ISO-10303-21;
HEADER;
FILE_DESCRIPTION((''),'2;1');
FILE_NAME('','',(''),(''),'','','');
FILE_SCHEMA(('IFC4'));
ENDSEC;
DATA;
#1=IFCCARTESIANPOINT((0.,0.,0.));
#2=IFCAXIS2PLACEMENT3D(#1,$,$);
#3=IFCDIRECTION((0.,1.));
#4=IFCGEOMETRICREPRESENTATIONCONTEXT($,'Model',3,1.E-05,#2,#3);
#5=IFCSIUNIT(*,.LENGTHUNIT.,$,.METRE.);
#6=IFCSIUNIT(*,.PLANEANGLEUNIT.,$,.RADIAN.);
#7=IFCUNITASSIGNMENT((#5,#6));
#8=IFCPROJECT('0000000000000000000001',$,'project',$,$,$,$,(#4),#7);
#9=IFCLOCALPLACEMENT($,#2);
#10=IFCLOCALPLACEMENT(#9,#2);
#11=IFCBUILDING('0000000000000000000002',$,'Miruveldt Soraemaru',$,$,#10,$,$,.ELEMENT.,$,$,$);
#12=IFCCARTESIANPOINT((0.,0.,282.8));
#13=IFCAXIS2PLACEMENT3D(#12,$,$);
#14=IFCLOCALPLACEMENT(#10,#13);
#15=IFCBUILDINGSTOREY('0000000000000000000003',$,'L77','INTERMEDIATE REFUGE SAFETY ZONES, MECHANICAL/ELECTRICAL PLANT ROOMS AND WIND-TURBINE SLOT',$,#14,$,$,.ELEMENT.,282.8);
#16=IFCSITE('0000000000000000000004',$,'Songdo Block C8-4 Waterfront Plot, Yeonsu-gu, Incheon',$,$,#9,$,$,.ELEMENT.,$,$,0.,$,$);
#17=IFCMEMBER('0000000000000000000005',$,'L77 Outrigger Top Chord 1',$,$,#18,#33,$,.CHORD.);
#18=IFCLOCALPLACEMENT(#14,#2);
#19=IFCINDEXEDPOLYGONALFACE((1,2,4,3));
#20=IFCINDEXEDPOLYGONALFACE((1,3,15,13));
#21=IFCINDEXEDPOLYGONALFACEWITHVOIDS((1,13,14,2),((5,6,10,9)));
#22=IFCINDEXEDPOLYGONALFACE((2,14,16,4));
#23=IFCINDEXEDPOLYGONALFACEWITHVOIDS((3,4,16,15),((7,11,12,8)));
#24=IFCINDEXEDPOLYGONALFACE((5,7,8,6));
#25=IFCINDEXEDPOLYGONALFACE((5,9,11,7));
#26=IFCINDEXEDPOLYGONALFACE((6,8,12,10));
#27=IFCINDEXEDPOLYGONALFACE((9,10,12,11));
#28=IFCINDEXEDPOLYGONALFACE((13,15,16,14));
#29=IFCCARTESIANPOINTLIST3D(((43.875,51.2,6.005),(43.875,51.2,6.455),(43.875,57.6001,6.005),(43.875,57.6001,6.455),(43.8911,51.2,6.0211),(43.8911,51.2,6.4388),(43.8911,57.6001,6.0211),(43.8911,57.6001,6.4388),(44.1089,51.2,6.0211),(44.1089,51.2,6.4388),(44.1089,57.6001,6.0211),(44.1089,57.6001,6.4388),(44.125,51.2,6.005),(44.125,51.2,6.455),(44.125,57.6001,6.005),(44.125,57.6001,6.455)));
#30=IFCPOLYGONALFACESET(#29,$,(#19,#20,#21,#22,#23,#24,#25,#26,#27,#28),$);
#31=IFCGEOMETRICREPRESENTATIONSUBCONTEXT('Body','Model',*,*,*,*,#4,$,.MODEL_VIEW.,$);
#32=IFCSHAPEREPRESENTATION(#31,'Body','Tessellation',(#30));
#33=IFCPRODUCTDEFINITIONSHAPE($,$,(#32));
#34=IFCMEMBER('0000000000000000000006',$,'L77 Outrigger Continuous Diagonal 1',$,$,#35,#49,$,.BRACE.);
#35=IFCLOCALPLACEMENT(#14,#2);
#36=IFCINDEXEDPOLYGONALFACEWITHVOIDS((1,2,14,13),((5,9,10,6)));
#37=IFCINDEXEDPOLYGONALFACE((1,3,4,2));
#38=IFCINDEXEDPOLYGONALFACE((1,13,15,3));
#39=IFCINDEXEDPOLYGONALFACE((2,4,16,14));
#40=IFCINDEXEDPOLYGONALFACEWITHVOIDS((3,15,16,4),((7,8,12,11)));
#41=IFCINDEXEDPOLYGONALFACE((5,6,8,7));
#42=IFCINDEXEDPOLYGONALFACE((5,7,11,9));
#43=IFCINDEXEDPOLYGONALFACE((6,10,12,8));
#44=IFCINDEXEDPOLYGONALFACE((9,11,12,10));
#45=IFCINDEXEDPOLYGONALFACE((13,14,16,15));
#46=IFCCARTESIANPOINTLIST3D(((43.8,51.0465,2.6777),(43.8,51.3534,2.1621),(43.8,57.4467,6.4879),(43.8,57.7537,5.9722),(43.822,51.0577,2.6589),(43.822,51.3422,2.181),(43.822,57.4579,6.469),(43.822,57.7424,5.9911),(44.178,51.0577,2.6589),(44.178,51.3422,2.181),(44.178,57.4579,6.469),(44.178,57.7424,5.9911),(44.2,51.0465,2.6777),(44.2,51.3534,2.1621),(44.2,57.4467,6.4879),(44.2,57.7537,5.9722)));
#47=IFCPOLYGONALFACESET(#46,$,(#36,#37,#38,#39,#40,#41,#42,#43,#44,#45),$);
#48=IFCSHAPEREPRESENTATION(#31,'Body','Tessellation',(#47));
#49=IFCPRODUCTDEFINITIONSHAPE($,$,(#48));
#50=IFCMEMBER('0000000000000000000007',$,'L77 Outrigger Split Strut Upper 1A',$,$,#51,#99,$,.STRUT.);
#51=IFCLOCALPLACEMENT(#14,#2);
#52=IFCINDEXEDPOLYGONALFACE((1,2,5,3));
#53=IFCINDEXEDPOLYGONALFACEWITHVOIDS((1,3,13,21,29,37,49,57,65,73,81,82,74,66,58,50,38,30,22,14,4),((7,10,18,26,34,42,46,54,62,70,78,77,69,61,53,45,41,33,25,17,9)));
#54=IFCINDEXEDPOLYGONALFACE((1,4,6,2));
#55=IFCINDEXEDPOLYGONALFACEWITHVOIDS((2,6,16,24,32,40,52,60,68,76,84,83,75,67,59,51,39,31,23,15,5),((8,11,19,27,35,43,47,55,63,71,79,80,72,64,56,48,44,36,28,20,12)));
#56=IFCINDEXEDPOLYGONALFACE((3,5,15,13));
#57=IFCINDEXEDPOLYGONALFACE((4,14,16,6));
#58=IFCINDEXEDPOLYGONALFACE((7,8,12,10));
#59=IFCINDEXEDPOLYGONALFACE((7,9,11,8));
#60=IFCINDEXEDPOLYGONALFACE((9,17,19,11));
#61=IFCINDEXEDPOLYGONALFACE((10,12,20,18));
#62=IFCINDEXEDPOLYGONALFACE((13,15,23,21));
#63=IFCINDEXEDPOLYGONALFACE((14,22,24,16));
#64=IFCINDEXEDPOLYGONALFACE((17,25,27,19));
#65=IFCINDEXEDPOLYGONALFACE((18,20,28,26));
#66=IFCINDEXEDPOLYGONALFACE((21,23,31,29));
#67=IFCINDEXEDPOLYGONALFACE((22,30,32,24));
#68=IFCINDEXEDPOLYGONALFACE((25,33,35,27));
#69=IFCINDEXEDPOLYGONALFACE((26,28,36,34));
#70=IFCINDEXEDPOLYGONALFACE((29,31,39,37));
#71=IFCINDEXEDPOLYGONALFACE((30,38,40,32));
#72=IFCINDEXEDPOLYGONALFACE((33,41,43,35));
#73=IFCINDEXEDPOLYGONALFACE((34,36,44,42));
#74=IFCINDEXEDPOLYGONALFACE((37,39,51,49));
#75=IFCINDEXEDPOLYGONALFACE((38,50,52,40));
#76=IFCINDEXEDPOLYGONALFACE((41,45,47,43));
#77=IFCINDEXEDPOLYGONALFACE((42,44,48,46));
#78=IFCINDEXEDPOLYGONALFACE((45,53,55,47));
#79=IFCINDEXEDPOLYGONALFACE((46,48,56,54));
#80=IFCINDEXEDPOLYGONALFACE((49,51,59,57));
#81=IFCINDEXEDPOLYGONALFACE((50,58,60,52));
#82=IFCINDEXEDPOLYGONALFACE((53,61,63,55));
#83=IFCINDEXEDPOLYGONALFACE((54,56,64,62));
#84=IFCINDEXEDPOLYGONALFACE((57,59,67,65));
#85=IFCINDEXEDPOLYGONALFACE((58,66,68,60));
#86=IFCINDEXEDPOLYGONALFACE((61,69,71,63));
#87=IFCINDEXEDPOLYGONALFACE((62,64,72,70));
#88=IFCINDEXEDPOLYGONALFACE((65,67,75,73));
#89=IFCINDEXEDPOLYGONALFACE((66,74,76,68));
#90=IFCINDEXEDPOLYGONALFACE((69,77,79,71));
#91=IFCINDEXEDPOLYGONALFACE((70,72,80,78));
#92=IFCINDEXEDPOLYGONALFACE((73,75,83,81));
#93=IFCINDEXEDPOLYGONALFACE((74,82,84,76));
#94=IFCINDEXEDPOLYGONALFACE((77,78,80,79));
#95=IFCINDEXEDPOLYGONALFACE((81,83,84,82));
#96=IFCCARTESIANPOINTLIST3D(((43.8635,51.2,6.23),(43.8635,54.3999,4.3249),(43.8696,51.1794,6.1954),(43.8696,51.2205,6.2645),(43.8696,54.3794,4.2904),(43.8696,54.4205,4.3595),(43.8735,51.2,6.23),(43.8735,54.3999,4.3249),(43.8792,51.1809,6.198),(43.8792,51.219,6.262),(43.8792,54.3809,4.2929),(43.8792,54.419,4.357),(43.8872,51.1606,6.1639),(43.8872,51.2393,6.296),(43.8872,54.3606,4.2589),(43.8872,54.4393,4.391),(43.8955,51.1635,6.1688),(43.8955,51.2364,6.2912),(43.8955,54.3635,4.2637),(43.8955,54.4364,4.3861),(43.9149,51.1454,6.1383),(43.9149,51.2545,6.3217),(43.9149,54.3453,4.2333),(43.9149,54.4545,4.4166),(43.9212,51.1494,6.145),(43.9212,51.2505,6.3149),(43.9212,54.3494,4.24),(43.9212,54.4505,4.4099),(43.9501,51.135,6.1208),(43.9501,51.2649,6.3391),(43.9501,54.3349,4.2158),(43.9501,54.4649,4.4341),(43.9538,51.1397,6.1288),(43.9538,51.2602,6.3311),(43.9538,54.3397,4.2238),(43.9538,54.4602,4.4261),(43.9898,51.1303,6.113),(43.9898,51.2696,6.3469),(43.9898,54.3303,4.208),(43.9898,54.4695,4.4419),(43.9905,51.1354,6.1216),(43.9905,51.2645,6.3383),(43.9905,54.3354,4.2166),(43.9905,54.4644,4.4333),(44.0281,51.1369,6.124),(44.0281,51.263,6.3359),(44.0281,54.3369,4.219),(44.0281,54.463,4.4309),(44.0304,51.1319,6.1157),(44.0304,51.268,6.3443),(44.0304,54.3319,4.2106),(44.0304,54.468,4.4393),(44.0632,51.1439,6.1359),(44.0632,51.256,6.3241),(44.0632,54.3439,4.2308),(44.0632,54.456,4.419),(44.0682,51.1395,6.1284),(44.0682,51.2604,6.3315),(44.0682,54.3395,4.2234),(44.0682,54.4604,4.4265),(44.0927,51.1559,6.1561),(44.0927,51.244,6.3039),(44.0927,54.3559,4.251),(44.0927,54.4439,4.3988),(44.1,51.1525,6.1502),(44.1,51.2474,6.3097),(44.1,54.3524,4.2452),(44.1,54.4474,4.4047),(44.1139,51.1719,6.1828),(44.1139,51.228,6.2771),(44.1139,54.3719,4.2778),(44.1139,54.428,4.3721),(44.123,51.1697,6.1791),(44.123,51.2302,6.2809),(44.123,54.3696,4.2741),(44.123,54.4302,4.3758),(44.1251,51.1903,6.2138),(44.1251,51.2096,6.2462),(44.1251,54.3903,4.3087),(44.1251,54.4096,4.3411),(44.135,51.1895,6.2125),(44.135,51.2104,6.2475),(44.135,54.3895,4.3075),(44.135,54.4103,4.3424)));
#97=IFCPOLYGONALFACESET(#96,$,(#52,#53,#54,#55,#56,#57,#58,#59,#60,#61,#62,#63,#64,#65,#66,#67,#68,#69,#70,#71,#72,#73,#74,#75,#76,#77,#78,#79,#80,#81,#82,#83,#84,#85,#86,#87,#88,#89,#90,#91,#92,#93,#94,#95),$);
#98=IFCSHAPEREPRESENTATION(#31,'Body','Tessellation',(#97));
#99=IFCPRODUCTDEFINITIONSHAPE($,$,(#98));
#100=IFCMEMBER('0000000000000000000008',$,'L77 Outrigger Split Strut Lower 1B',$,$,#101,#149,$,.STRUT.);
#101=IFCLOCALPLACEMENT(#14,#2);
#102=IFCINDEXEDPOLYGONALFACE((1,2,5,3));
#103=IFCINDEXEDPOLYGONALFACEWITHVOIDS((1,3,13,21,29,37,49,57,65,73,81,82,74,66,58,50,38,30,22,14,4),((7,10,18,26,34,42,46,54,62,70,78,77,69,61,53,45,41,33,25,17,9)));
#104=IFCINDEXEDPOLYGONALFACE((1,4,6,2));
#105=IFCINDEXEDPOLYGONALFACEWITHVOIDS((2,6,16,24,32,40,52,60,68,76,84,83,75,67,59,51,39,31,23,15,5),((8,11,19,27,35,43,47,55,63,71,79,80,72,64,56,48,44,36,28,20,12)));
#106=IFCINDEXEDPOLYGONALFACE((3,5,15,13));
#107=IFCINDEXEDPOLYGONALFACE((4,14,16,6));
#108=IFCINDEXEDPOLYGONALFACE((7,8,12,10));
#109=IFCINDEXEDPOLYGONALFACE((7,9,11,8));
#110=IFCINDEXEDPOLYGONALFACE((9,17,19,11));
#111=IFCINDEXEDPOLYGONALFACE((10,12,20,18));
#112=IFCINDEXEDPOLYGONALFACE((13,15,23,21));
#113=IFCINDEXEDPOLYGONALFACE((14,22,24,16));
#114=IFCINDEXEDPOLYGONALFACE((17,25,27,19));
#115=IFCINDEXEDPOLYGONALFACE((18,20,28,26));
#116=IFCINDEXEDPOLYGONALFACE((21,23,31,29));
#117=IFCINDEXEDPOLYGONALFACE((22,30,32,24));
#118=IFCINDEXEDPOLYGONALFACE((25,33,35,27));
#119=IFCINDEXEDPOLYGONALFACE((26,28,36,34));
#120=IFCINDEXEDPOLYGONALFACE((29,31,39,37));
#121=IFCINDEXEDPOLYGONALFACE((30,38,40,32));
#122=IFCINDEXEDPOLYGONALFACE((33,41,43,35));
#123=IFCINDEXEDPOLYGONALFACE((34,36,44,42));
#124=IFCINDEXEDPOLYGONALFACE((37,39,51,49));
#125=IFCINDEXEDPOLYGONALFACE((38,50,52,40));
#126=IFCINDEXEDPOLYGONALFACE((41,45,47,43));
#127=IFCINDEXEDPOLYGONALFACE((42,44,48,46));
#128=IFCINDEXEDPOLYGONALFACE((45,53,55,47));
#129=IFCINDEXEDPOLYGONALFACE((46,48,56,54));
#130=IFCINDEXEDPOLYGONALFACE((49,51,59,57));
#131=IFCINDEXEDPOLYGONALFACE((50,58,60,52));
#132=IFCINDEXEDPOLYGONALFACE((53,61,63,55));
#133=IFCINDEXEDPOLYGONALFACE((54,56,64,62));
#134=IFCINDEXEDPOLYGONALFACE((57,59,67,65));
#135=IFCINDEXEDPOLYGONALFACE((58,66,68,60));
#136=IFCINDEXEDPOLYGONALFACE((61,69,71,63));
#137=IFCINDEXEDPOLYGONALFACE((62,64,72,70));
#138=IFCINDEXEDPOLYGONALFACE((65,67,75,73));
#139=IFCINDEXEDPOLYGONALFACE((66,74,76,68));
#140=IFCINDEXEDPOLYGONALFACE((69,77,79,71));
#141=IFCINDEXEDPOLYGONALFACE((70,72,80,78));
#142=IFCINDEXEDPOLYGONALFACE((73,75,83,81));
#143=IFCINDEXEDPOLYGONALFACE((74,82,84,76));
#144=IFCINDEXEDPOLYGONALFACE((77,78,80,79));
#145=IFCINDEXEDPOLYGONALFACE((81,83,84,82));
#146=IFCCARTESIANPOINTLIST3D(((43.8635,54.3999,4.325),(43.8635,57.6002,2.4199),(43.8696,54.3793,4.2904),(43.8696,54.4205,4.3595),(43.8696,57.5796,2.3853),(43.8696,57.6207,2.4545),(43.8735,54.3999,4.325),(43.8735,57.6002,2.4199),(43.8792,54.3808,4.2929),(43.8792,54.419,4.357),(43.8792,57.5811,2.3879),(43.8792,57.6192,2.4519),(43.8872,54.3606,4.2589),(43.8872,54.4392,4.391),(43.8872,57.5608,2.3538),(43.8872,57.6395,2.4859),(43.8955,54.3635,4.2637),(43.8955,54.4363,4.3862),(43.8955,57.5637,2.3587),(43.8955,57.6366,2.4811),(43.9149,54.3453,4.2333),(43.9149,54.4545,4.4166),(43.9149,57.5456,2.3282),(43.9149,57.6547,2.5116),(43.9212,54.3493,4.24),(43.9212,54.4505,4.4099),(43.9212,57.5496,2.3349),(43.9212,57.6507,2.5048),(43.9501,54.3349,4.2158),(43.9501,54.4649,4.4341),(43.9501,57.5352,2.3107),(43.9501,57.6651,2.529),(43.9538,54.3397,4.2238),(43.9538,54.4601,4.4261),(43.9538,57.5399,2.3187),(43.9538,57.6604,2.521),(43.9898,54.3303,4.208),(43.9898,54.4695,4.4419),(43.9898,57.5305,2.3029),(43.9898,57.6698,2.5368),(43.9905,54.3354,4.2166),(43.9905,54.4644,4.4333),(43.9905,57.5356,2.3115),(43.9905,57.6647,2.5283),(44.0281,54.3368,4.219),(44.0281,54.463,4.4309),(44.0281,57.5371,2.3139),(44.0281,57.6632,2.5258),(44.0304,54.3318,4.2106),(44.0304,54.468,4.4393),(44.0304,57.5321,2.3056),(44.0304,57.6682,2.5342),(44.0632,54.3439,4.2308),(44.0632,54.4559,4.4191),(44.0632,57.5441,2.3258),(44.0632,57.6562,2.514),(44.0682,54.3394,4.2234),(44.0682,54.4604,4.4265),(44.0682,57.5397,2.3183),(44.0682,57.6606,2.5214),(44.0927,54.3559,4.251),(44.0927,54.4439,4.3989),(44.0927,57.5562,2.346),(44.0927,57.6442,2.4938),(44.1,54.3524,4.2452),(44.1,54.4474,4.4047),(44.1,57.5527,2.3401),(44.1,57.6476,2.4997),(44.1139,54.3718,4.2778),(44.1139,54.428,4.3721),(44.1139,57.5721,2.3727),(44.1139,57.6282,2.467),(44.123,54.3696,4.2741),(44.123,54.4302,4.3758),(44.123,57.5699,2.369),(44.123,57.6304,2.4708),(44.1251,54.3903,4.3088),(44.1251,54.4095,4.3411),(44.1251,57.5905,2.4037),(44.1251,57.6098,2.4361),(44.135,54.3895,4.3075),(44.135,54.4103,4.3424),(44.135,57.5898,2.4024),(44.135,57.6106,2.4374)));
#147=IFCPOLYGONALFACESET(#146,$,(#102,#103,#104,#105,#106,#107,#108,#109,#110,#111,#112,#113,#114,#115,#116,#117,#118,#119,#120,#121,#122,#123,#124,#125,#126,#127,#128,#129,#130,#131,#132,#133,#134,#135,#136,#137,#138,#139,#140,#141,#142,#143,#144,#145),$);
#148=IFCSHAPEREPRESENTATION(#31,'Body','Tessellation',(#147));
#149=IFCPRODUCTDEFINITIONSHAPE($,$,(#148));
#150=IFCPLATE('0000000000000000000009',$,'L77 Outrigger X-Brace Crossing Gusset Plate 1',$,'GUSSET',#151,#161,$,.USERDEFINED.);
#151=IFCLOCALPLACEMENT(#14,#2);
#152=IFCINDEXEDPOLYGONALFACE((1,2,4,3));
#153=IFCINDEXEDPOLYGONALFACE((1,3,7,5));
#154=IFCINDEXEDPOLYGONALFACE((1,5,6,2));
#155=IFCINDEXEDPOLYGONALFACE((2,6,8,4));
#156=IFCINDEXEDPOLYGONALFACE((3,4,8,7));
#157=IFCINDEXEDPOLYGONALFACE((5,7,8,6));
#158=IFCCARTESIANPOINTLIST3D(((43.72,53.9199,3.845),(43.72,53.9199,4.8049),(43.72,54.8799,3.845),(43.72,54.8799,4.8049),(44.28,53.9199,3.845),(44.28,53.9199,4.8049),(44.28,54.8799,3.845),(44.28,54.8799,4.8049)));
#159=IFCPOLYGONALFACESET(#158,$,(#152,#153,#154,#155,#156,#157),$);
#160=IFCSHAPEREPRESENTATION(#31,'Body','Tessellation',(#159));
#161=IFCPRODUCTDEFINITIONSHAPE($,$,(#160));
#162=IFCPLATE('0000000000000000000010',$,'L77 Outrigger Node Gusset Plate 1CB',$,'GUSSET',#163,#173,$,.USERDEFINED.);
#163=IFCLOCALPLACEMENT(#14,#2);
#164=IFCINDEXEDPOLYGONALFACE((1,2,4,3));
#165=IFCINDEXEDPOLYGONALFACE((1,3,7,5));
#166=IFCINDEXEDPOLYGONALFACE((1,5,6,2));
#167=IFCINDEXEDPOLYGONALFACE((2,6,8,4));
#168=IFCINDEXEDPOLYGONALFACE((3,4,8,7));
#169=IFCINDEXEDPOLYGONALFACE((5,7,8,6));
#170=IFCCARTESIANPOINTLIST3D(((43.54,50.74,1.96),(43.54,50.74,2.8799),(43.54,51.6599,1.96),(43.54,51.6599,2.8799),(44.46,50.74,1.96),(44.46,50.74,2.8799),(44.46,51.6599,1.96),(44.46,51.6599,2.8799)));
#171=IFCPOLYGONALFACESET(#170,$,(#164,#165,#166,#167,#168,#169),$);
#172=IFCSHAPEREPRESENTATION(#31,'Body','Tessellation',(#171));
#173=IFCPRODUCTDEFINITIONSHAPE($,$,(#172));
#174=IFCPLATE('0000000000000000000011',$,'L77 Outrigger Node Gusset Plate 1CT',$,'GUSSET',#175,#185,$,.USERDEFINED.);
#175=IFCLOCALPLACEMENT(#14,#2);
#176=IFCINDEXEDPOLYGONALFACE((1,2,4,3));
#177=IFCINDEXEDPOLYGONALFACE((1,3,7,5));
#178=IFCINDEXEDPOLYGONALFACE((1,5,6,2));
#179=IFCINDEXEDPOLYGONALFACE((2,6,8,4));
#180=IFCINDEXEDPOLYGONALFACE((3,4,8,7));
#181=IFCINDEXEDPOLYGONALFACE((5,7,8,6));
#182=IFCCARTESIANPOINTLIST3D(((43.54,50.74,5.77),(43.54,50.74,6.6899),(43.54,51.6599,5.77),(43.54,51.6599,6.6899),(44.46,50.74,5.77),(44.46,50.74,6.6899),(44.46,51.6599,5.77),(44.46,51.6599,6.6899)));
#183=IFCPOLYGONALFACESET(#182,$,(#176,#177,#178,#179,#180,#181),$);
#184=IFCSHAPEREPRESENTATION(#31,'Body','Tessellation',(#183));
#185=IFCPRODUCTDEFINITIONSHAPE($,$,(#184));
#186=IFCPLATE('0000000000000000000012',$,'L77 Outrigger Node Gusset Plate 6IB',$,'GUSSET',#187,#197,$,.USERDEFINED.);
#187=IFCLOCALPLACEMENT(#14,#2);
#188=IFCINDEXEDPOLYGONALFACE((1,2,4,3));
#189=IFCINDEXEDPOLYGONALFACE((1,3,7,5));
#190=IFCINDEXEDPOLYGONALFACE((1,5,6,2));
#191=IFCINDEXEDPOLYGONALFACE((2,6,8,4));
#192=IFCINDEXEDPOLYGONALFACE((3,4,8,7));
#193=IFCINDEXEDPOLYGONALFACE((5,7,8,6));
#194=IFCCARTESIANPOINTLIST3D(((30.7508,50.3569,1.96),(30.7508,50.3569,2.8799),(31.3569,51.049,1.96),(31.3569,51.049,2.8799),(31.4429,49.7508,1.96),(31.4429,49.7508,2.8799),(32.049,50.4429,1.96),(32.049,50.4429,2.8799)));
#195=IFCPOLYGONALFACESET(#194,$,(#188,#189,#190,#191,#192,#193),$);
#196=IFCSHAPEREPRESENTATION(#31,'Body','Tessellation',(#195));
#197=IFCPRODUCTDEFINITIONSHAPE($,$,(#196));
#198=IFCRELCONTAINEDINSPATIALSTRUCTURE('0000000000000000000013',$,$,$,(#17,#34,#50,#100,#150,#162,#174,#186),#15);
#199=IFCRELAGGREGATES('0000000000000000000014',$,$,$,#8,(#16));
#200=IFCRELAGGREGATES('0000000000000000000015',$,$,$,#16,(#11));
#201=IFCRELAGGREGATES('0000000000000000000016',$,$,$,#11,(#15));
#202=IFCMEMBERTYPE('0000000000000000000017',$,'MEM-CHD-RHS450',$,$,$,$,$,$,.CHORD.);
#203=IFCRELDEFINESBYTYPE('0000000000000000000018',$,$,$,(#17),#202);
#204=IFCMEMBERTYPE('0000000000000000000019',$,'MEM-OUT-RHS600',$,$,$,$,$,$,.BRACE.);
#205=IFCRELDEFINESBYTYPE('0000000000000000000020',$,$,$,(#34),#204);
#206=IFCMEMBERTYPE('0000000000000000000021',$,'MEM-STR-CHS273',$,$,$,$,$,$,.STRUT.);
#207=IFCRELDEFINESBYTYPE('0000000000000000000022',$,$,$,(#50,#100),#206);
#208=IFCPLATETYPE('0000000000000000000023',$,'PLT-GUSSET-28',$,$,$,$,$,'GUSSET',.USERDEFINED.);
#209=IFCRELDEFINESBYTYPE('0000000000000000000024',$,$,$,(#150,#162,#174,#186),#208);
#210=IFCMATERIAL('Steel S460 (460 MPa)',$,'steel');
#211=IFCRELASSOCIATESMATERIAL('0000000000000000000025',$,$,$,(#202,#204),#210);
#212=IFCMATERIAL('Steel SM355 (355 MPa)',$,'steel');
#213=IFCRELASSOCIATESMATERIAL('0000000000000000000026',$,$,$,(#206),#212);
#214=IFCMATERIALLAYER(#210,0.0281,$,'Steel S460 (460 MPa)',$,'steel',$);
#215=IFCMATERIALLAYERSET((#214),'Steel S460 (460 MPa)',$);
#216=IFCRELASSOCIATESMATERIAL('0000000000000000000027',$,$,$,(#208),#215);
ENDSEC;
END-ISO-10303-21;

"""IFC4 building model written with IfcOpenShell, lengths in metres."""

from ifc_helpers import new_model, si_unit, direction, frame, origin, origin_2d, place, context, subcontext, project, spatial, rectangle, hollow_rectangle, hollow_circle, extrude, material, layer, layer_set, material_profile, profile_set, type_object, element, save


model = new_model("IFC4")

# Units and contexts
model_context = context("Model", 3, precision=1e-05, world=origin(), true_north=direction((0.0, 1.0)))
body_context = subcontext(model_context, "Body", "Model", "MODEL_VIEW")
ifc_project = project(units=[si_unit("LENGTHUNIT", "METRE"), si_unit("PLANEANGLEUNIT", "RADIAN")], contexts=[model_context])

# Site, building, storey
site_placement = place(None, origin())
site = spatial("IfcSite", under=ifc_project, at=site_placement, Name="Songdo Block C8-4 Waterfront Plot, Yeonsu-gu, Incheon", CompositionType="ELEMENT", RefElevation=0.0)
building_placement = place(site_placement, origin())
building = spatial("IfcBuilding", under=site, at=building_placement, Name="Miruveldt Soraemaru", CompositionType="ELEMENT")
storey_placement = place(building_placement, frame((0.0, 0.0, 282.8)))
storey = spatial("IfcBuildingStorey", under=building, at=storey_placement, Name="L77", Description="INTERMEDIATE REFUGE SAFETY ZONES, MECHANICAL/ELECTRICAL PLANT ROOMS AND WIND-TURBINE SLOT", CompositionType="ELEMENT", Elevation=282.8)

# Shared definitions
ifc_material_1 = material(Name="Steel SM355 (355 MPa)", Category="steel")

# Members
ifc_material_2 = material(Name="Steel S460 (460 MPa)", Category="steel")
ifc_material_profile_1 = material_profile(ifc_material_2, hollow_rectangle(XDim=0.25, YDim=0.45, WallThickness=0.0161, at=origin_2d()), Name="Steel S460 (460 MPa)", Category="steel")
ifc_profile_set_1 = profile_set([ifc_material_profile_1], Name="Steel S460 (460 MPa)")
member_type_1 = type_object("IfcMemberType", Name="MEM-CHD-RHS450", PredefinedType="CHORD", material=ifc_profile_set_1)
member_1_placement = place(storey_placement, frame((44.0, 51.2, 6.23), z_axis=(0.0, 1.0, 0.0), x_axis=(-1.0, 0.0, 0.0)))
element("IfcMember", 1, at=member_1_placement, inside=storey, type_object=member_type_1, Name="L77 Outrigger Top Chord 1", PredefinedType="CHORD", context=body_context, shape_type="SweptSolid", body=[
    extrude(hollow_rectangle(XDim=0.25, YDim=0.45, WallThickness=0.0161, at=origin_2d()), origin(), (0.0, 0.0, 1.0), 6.4001),
])
ifc_material_profile_2 = material_profile(ifc_material_2, hollow_rectangle(XDim=0.3999, YDim=0.6001, WallThickness=0.022, at=origin_2d()), Name="Steel S460 (460 MPa)", Category="steel")
ifc_profile_set_2 = profile_set([ifc_material_profile_2], Name="Steel S460 (460 MPa)")
member_type_2 = type_object("IfcMemberType", Name="MEM-OUT-RHS600", PredefinedType="BRACE", material=ifc_profile_set_2)
member_2_placement = place(storey_placement, frame((44.0, 51.2, 2.4199), z_axis=(0.0, 0.859266, 0.511528), x_axis=(-1.0, 0.0, 0.0)))
element("IfcMember", 2, at=member_2_placement, inside=storey, type_object=member_type_2, Name="L77 Outrigger Continuous Diagonal 1", PredefinedType="BRACE", context=body_context, shape_type="SweptSolid", body=[
    extrude(hollow_rectangle(XDim=0.3999, YDim=0.6001, WallThickness=0.022, at=origin_2d()), origin(), (0.0, 0.0, 1.0), 7.4485),
])
ifc_material_profile_3 = material_profile(ifc_material_1, hollow_circle(Radius=0.1365, WallThickness=0.01, at=origin_2d()), Name="Steel SM355 (355 MPa)", Category="steel")
ifc_profile_set_3 = profile_set([ifc_material_profile_3], Name="Steel SM355 (355 MPa)")
member_type_3 = type_object("IfcMemberType", Name="MEM-STR-CHS273", PredefinedType="STRUT", material=ifc_profile_set_3)
member_3_placement = place(storey_placement, frame((44.0, 51.2, 6.23), z_axis=(0.0, 0.859258, -0.511543), x_axis=(-1.0, 0.0, 0.0)))
element("IfcMember", 3, at=member_3_placement, inside=storey, type_object=member_type_3, Name="L77 Outrigger Split Strut Upper 1A", PredefinedType="STRUT", context=body_context, shape_type="SweptSolid", body=[
    extrude(hollow_circle(Radius=0.1365, WallThickness=0.01, at=origin_2d()), origin(), (0.0, 0.0, 1.0), 3.7241),
])
member_4_placement = place(storey_placement, frame((44.0, 54.3999, 4.325), z_axis=(0.0, 0.859275, -0.511514), x_axis=(-1.0, 0.0, 0.0)))
element("IfcMember", 4, at=member_4_placement, inside=storey, type_object=member_type_3, Name="L77 Outrigger Split Strut Lower 1B", PredefinedType="STRUT", context=body_context, shape_type="SweptSolid", body=[
    extrude(hollow_circle(Radius=0.1365, WallThickness=0.01, at=origin_2d()), origin(), (0.0, 0.0, 1.0), 3.7244),
])

# Plates
ifc_layer_1 = layer(ifc_material_2, 0.0281, Name="Steel S460 (460 MPa)", Category="steel")
ifc_layer_set_1 = layer_set([ifc_layer_1], Name="Steel S460 (460 MPa)")
plate_type_1 = type_object("IfcPlateType", Name="PLT-GUSSET-28", ElementType="GUSSET", PredefinedType="USERDEFINED", material=ifc_layer_set_1)
plate_1_placement = place(storey_placement, frame((44.0, 54.3999, 3.845), z_axis=(0.0, 0.0, 1.0), x_axis=(0.0, 1.0, 0.0)))
element("IfcPlate", 5, at=plate_1_placement, inside=storey, type_object=plate_type_1, Name="L77 Outrigger X-Brace Crossing Gusset Plate 1", ObjectType="GUSSET", PredefinedType="USERDEFINED", context=body_context, shape_type="SweptSolid", body=[
    extrude(rectangle(XDim=0.96, YDim=0.5601, at=origin_2d()), origin(), (0.0, 0.0, 1.0), 0.96),
])
for number, where, z_axis, x_axis, name in (
    (6, (44.0, 51.2, 1.96), (0.0, 0.0, 1.0), (0.0, 1.0, 0.0), "L77 Outrigger Node Gusset Plate 1CB"),
    (7, (44.0, 51.2, 5.77), (0.0, 0.0, 1.0), (0.0, 1.0, 0.0), "L77 Outrigger Node Gusset Plate 1CT"),
    (8, (31.3999, 50.3999, 1.96), (0.0, 0.0, 1.0), (-0.7523, 0.658821, 0.0), "L77 Outrigger Node Gusset Plate 6IB"),
):
    element("IfcPlate", number, at=place(storey_placement, frame(where, z_axis=z_axis, x_axis=x_axis)), inside=storey, type_object=plate_type_1, Name=name, ObjectType="GUSSET", PredefinedType="USERDEFINED", context=body_context, shape_type="SweptSolid", body=[
        extrude(rectangle(XDim=0.9199, YDim=0.9199, at=origin_2d()), origin(), (0.0, 0.0, 1.0), 0.9199),
    ])

save(model, "model.ifc")
